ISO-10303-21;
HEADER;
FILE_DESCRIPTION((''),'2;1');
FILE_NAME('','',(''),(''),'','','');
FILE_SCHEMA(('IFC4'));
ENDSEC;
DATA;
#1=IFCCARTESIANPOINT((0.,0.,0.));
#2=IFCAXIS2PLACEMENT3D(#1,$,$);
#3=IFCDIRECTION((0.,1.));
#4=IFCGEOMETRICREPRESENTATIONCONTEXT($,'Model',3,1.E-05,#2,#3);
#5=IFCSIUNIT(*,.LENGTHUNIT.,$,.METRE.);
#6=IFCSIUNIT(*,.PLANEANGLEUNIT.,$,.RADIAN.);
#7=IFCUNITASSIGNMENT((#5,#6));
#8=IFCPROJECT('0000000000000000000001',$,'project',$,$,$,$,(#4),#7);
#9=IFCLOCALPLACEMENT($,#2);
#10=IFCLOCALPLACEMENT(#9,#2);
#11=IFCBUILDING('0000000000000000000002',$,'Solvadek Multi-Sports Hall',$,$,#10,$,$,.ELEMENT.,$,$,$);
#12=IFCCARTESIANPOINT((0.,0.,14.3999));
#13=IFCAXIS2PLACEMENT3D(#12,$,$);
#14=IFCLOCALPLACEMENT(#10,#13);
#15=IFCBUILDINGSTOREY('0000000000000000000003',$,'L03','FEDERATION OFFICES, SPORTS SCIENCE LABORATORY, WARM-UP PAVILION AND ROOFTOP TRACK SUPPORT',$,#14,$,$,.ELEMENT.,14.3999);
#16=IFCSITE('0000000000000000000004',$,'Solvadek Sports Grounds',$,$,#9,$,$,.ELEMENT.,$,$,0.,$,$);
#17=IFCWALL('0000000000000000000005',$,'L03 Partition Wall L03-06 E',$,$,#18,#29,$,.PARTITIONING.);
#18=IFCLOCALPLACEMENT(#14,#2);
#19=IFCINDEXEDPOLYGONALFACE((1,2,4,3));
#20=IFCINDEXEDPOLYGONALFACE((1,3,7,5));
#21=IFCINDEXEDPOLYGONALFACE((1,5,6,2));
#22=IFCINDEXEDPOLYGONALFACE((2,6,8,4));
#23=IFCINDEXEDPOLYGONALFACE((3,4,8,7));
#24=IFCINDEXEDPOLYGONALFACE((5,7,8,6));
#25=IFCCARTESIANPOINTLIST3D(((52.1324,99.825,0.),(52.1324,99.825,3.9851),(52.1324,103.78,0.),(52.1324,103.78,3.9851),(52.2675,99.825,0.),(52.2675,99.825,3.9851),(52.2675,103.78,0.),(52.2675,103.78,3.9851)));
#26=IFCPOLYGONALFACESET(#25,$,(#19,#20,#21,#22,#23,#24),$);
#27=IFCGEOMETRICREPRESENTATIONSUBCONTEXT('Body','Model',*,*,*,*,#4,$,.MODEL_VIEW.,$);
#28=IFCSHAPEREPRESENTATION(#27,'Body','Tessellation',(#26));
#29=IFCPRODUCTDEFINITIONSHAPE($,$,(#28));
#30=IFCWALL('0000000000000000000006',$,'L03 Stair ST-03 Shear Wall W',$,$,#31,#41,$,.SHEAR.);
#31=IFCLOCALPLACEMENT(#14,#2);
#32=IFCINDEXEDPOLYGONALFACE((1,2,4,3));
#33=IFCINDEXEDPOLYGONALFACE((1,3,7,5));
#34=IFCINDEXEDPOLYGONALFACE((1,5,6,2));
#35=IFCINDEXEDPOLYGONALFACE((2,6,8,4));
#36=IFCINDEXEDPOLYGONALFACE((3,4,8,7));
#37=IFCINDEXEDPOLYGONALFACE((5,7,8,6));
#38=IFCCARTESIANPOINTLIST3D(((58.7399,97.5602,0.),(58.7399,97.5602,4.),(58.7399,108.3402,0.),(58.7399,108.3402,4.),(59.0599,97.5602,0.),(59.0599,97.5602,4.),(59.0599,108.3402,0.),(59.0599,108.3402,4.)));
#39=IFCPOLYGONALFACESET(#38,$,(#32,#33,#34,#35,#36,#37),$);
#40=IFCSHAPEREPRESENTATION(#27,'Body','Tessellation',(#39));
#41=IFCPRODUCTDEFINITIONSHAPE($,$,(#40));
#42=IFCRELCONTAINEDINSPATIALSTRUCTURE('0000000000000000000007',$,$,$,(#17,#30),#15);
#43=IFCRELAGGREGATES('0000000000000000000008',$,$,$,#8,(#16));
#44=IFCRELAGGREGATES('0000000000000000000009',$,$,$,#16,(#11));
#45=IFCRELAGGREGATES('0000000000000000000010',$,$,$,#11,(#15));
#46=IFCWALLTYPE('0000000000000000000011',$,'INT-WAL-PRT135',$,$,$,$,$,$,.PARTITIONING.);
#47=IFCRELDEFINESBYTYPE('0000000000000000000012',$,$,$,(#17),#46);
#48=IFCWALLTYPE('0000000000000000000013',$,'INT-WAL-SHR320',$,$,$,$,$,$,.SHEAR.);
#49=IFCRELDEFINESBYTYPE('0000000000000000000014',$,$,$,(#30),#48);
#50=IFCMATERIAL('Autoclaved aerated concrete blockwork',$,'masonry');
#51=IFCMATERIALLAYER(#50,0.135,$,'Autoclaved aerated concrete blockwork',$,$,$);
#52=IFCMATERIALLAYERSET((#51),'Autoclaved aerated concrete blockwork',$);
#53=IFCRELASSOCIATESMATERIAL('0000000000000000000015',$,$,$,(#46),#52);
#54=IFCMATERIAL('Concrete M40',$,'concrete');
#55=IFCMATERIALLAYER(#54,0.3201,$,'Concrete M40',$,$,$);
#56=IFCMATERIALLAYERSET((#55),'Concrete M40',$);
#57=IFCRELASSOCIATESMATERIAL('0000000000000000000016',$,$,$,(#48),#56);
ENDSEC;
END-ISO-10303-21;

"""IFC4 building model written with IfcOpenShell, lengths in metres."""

from ifc_helpers import new_model, si_unit, direction, frame, frame_2d, origin, place, context, subcontext, project, spatial, rectangle, extrude, material, layer, layer_set, type_object, element, save


model = new_model("IFC4")

# Units and contexts
model_context = context("Model", 3, precision=1e-05, world=origin(), true_north=direction((0.0, 1.0)))
body_context = subcontext(model_context, "Body", "Model", "MODEL_VIEW")
ifc_project = project(units=[si_unit("LENGTHUNIT", "METRE"), si_unit("PLANEANGLEUNIT", "RADIAN")], contexts=[model_context])

# Site, building, storey
site_placement = place(None, origin())
site = spatial("IfcSite", under=ifc_project, at=site_placement, Name="Solvadek Sports Grounds", CompositionType="ELEMENT", RefElevation=0.0)
building_placement = place(site_placement, origin())
building = spatial("IfcBuilding", under=site, at=building_placement, Name="Solvadek Multi-Sports Hall", CompositionType="ELEMENT")
storey_placement = place(building_placement, frame((0.0, 0.0, 14.3999)))
storey = spatial("IfcBuildingStorey", under=building, at=storey_placement, Name="L03", Description="FEDERATION OFFICES, SPORTS SCIENCE LABORATORY, WARM-UP PAVILION AND ROOFTOP TRACK SUPPORT", CompositionType="ELEMENT", Elevation=14.3999)

# Wall
ifc_material_1 = material(Name="Autoclaved aerated concrete blockwork", Category="masonry")
ifc_layer_1 = layer(ifc_material_1, 0.135, Name="Autoclaved aerated concrete blockwork")
ifc_layer_set_1 = layer_set([ifc_layer_1], Name="Autoclaved aerated concrete blockwork")
wall_type_1 = type_object("IfcWallType", Name="INT-WAL-PRT135", PredefinedType="PARTITIONING", material=ifc_layer_set_1)
wall_1_placement = place(storey_placement, frame((52.2, 99.825, 0.0), z_axis=(0.0, 0.0, 1.0), x_axis=(0.0, 1.0, 0.0)))
element("IfcWall", 1, at=wall_1_placement, inside=storey, type_object=wall_type_1, Name="L03 Partition Wall L03-06 E", PredefinedType="PARTITIONING", context=body_context, shape_type="SweptSolid", body=[
    extrude(rectangle(XDim=3.9551, YDim=0.135, at=frame_2d((1.9775, 0.0))), origin(), (0.0, 0.0, 1.0), 3.9851),
])

# Shared definitions
ifc_material_2 = material(Name="Concrete M40", Category="concrete")
ifc_layer_2 = layer(ifc_material_2, 0.3201, Name="Concrete M40")
ifc_layer_set_2 = layer_set([ifc_layer_2], Name="Concrete M40")
wall_type_2 = type_object("IfcWallType", Name="INT-WAL-SHR320", PredefinedType="SHEAR", material=ifc_layer_set_2)

# Wall
wall_2_placement = place(storey_placement, frame((58.8999, 97.5601, 0.0), z_axis=(0.0, 0.0, 1.0), x_axis=(0.0, 1.0, 0.0)))
element("IfcWall", 2, at=wall_2_placement, inside=storey, type_object=wall_type_2, Name="L03 Stair ST-03 Shear Wall W", PredefinedType="SHEAR", context=body_context, shape_type="SweptSolid", body=[
    extrude(rectangle(XDim=10.78, YDim=0.3201, at=frame_2d((5.3901, 0.0))), origin(), (0.0, 0.0, 1.0), 4.0),
])

save(model, "model.ifc")
